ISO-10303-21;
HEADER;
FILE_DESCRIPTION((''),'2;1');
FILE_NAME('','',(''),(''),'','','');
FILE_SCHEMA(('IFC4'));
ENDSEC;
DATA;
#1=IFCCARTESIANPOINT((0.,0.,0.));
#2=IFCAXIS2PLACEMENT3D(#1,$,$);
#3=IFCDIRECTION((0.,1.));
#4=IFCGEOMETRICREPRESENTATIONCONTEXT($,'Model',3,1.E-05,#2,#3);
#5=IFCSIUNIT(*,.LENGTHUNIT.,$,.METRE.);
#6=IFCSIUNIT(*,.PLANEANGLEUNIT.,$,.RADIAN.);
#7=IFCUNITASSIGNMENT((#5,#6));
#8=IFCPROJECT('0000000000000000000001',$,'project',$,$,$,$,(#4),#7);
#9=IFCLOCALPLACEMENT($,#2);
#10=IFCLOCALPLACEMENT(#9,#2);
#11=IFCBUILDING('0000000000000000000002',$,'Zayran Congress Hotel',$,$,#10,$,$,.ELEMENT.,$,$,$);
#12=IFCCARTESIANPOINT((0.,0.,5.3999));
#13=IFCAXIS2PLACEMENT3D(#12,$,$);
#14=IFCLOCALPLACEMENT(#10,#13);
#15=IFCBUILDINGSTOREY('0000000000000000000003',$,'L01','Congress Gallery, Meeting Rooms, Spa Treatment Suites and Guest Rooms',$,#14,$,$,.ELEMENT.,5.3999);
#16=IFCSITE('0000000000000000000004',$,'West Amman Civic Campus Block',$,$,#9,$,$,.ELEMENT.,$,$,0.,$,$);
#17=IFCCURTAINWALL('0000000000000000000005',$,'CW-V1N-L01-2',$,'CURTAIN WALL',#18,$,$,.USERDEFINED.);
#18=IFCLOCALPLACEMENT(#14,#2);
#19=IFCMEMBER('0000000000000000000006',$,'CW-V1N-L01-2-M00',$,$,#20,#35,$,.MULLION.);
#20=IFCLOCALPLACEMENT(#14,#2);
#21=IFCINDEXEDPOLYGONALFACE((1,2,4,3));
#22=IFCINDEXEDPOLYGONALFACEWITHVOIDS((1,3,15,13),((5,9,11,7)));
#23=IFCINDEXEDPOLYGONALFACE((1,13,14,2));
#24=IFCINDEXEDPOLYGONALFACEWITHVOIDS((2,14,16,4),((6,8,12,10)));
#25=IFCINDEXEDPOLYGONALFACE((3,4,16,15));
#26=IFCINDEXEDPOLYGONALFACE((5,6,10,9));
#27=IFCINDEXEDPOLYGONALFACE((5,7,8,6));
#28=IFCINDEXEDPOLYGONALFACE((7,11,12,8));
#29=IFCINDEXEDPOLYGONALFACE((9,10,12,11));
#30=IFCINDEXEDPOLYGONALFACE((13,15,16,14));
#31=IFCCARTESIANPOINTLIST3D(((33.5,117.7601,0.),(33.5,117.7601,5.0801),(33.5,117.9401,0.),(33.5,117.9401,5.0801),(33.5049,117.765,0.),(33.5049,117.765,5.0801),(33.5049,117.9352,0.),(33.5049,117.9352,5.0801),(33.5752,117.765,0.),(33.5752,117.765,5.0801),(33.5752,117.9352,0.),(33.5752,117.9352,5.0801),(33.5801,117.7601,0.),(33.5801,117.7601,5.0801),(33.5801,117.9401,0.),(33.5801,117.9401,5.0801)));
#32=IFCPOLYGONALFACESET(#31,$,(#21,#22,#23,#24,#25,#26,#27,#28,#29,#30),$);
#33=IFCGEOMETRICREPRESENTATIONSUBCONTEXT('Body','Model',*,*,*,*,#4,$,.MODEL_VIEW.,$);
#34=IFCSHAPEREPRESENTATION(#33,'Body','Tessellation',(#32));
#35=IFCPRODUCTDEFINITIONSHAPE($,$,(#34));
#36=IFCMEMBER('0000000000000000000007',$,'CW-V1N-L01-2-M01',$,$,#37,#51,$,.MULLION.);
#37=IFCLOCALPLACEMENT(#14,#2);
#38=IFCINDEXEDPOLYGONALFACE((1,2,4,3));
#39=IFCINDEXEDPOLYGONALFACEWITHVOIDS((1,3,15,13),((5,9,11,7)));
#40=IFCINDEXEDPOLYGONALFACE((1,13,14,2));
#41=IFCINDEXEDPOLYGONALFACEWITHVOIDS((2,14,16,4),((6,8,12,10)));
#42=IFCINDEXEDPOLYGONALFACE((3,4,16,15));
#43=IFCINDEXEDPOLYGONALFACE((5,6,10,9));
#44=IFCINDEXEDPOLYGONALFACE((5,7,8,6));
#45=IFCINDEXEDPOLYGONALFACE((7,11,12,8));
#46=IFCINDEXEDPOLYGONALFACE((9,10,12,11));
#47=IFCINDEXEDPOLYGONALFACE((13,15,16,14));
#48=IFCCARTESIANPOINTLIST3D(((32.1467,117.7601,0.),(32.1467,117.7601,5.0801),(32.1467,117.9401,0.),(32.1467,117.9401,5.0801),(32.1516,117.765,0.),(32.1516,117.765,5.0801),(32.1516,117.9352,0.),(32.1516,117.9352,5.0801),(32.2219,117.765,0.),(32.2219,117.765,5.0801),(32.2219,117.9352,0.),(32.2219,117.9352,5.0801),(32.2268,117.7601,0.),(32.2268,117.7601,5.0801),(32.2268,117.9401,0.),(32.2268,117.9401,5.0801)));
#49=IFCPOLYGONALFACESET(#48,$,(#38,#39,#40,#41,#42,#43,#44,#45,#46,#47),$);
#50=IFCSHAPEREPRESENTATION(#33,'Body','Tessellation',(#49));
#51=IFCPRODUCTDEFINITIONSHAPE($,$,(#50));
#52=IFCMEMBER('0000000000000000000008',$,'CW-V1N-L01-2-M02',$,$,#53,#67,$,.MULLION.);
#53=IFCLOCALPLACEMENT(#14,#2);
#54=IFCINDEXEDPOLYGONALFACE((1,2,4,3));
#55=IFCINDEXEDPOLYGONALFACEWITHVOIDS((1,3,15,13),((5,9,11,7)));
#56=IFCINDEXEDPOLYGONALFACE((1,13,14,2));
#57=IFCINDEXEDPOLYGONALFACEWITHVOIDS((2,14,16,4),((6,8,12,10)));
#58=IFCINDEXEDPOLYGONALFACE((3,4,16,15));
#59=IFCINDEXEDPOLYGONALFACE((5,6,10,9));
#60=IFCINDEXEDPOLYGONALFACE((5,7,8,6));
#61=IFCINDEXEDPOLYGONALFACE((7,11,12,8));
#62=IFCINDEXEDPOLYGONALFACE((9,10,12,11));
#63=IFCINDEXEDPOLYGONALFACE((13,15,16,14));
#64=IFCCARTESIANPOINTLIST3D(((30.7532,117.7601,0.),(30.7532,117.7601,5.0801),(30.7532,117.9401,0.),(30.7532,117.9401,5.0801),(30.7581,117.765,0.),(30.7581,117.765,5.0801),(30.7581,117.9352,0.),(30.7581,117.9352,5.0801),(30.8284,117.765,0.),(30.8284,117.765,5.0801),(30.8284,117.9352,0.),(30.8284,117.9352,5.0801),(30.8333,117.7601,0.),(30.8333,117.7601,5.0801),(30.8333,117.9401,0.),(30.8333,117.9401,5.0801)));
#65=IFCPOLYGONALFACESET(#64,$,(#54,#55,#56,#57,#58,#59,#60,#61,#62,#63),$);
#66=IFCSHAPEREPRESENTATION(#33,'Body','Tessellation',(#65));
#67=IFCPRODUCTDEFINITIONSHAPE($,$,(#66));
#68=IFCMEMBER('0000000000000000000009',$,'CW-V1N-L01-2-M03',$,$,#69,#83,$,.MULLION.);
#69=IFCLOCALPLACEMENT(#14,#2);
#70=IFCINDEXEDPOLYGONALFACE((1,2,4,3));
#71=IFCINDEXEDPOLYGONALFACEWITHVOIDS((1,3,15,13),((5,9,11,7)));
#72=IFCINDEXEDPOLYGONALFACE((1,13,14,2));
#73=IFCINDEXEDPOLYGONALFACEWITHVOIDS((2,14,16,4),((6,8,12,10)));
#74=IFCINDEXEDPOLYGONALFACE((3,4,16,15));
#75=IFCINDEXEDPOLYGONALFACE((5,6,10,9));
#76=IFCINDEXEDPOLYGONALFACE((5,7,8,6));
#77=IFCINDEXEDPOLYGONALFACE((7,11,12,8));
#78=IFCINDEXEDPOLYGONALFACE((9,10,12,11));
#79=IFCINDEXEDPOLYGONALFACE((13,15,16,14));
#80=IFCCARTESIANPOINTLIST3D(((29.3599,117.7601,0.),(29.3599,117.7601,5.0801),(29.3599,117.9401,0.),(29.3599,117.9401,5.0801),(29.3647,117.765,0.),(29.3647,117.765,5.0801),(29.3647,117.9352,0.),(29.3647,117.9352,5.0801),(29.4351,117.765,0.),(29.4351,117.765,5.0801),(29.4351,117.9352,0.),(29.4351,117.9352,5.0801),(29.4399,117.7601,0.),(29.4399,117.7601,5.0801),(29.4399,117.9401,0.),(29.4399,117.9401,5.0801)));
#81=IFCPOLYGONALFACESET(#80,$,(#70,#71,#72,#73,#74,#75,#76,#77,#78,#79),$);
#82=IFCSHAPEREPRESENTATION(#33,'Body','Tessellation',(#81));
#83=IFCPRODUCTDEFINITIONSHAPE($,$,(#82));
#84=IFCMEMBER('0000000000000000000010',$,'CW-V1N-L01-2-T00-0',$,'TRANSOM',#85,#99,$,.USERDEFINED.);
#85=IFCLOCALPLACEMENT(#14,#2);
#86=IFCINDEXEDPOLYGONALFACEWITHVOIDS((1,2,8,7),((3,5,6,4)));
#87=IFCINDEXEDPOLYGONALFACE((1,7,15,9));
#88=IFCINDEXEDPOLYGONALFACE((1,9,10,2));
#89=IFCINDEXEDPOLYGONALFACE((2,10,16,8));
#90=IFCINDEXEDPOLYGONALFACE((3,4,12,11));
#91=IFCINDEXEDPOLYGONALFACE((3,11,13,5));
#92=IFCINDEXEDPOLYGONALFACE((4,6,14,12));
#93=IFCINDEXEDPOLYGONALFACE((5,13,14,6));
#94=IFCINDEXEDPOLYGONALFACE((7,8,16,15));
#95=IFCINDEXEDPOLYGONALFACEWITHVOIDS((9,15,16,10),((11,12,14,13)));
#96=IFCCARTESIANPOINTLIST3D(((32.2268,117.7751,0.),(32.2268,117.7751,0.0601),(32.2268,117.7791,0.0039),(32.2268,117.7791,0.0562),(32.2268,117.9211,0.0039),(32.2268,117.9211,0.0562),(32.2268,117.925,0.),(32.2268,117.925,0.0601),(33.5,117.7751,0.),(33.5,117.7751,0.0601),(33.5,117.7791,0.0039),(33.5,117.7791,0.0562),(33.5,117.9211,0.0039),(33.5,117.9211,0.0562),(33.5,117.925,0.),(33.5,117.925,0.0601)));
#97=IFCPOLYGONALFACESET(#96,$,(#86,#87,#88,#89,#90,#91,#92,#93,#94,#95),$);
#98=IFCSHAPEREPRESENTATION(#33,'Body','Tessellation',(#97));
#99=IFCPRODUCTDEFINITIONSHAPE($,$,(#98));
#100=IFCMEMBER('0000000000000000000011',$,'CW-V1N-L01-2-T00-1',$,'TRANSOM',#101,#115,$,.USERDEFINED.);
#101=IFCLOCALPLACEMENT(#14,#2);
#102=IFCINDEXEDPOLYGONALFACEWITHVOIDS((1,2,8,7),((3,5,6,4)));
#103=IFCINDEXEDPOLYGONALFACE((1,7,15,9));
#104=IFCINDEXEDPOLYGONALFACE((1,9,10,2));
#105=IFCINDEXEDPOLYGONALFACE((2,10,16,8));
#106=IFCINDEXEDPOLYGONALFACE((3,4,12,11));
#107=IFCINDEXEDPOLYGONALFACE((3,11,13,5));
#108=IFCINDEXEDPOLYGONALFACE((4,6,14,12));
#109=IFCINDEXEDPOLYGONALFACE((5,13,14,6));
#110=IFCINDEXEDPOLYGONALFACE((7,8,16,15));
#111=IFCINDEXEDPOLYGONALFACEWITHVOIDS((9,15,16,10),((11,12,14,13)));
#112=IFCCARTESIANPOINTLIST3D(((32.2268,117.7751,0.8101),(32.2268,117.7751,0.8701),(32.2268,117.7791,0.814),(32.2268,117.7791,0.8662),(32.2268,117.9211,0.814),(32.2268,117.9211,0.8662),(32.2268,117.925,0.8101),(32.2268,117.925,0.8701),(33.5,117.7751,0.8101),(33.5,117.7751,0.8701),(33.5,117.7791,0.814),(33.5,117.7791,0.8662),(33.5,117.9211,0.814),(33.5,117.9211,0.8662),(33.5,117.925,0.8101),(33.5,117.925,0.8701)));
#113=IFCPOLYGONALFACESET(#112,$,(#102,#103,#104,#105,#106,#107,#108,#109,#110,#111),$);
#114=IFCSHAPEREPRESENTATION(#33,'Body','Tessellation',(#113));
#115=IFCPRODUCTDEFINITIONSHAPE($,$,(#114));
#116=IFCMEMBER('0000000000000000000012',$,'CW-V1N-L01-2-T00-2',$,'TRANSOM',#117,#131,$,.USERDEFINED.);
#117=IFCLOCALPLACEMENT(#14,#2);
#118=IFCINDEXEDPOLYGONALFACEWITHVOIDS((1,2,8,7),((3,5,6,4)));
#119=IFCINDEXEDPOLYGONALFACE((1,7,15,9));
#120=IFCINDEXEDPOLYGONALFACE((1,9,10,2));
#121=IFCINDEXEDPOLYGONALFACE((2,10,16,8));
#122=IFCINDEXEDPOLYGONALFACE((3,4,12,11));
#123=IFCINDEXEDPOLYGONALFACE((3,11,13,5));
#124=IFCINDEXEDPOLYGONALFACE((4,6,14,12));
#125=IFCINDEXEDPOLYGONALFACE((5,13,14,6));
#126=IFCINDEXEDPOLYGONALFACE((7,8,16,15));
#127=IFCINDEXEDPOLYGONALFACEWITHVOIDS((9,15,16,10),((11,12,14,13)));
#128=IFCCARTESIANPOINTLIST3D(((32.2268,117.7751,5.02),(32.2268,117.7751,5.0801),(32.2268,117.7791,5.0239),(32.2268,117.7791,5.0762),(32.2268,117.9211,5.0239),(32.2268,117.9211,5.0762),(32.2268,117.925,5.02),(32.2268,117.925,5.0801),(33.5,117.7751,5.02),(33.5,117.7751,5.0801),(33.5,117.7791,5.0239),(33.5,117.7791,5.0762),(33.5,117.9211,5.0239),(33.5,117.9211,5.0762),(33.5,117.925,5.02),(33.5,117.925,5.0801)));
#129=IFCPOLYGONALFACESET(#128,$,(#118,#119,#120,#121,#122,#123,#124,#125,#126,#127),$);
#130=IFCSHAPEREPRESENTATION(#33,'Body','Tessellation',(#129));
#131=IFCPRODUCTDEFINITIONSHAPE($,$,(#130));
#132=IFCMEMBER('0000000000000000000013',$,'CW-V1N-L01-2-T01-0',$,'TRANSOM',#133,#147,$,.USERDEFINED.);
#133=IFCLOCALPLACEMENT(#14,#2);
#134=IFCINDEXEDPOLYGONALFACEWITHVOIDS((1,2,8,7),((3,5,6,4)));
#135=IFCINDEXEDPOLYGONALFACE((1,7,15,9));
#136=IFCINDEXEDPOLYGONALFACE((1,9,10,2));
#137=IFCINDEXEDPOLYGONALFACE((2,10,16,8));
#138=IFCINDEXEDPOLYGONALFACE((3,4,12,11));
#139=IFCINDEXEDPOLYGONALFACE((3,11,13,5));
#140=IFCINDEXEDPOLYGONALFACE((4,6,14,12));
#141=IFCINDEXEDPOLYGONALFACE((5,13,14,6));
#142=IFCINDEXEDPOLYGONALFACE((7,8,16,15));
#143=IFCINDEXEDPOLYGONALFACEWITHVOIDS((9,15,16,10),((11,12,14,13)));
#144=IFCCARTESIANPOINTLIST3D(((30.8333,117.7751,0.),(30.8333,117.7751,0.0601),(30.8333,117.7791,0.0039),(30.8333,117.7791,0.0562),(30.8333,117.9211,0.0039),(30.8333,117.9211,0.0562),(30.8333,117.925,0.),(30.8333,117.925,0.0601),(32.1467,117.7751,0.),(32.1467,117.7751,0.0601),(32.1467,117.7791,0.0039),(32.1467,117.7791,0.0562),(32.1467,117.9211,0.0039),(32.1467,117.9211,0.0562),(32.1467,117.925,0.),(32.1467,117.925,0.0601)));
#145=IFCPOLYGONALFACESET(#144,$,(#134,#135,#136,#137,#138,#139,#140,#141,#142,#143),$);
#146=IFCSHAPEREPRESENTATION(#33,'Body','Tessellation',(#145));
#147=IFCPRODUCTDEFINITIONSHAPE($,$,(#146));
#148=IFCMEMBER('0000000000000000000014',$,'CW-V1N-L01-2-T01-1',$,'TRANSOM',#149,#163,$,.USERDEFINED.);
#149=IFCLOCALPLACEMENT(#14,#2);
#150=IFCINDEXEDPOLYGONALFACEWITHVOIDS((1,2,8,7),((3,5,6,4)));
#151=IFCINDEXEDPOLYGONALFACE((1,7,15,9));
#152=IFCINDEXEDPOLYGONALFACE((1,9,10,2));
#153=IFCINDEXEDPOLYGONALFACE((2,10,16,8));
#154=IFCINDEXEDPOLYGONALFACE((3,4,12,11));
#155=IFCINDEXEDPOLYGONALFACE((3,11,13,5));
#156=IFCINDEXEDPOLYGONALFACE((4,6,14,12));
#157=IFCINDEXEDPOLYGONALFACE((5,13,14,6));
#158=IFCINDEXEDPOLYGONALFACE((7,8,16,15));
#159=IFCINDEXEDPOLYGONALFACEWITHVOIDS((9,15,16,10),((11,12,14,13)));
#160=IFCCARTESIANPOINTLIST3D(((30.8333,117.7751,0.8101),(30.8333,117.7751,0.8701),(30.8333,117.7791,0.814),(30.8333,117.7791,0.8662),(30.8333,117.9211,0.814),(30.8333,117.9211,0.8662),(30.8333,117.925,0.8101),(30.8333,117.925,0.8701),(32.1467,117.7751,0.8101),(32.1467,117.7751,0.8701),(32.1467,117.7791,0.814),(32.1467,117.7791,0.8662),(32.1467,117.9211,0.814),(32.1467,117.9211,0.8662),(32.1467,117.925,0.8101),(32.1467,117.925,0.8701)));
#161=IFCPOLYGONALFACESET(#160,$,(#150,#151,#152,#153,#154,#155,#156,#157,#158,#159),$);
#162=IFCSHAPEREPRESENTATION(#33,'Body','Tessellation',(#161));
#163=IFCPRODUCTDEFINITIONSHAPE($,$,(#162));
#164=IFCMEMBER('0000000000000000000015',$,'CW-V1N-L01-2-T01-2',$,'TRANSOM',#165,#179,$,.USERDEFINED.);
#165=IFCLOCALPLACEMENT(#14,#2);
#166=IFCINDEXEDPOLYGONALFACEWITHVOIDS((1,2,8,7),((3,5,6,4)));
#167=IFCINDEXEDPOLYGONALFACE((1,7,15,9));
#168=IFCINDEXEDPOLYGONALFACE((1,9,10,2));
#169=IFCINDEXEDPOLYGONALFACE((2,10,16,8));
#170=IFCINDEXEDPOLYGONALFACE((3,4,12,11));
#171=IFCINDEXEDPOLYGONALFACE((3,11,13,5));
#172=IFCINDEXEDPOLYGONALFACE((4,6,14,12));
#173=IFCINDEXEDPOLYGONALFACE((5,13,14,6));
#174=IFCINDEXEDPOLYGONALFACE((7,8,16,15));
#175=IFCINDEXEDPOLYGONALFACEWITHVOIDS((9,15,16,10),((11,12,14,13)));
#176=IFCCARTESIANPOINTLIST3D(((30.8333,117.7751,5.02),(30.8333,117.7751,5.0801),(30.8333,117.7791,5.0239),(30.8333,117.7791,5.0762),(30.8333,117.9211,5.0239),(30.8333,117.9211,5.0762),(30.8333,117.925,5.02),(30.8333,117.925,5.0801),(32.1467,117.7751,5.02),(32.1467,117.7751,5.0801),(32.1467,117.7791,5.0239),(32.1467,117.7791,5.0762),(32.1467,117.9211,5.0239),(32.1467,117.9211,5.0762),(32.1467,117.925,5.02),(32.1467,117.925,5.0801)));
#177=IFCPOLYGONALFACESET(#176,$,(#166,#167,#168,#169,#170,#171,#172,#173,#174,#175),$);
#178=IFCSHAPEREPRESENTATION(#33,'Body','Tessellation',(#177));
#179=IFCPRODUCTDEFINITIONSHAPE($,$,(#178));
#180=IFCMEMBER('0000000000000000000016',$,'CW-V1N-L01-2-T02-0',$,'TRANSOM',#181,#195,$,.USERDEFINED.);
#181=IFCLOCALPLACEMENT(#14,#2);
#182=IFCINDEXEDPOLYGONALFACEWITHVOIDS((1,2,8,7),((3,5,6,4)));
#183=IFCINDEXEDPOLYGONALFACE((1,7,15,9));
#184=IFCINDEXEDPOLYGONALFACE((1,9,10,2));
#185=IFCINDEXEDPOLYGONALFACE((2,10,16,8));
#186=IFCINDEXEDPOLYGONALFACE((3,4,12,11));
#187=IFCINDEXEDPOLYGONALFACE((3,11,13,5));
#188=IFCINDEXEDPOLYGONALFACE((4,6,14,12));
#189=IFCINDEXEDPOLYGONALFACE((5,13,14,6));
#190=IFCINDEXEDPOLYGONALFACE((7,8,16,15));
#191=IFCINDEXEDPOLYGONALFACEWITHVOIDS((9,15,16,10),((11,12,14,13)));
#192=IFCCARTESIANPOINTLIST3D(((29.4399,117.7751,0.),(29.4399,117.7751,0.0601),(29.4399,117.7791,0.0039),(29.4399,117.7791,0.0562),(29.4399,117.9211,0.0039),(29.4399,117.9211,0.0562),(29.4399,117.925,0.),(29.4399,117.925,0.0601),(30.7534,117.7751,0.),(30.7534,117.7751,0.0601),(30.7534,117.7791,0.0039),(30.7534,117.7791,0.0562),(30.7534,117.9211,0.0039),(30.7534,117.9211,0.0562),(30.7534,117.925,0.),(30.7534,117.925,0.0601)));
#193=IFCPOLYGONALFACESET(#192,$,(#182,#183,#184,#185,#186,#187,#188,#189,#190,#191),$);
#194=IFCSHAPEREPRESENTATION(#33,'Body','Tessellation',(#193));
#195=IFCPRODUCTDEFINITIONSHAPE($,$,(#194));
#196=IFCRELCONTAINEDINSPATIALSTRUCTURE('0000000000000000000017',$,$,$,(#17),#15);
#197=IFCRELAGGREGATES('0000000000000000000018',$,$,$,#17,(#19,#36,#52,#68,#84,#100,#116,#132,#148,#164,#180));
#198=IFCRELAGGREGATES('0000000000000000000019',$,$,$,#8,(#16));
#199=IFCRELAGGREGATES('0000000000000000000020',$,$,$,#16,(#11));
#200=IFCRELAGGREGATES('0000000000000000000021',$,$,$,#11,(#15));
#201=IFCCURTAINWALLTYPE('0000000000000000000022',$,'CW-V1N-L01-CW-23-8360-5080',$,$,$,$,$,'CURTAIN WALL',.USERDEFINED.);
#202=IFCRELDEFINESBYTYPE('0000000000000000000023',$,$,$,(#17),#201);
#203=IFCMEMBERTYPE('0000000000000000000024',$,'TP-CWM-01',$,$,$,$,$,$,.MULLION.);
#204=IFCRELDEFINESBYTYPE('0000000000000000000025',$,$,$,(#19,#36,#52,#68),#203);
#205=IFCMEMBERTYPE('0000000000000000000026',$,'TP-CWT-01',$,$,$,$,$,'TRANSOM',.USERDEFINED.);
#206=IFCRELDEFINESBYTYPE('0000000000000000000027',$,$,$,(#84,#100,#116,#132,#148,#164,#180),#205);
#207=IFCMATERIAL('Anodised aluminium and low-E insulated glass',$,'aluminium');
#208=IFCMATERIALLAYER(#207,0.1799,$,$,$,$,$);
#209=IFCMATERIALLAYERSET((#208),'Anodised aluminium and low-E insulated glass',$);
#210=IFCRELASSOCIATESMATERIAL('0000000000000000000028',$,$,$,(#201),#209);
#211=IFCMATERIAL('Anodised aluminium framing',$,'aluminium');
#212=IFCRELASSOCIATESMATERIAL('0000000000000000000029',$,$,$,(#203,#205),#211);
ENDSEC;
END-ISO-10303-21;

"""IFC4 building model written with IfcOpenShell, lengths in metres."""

from ifc_helpers import new_model, si_unit, direction, frame, origin, origin_2d, place, context, subcontext, project, spatial, hollow_rectangle, extrude, material, layer, layer_set, material_profile, profile_set, type_object, element, aggregate, save


model = new_model("IFC4")

# Units and contexts
model_context = context("Model", 3, precision=1e-05, world=origin(), true_north=direction((0.0, 1.0)))
body_context = subcontext(model_context, "Body", "Model", "MODEL_VIEW")
ifc_project = project(units=[si_unit("LENGTHUNIT", "METRE"), si_unit("PLANEANGLEUNIT", "RADIAN")], contexts=[model_context])

# Site, building, storey
site_placement = place(None, origin())
site = spatial("IfcSite", under=ifc_project, at=site_placement, Name="West Amman Civic Campus Block", CompositionType="ELEMENT", RefElevation=0.0)
building_placement = place(site_placement, origin())
building = spatial("IfcBuilding", under=site, at=building_placement, Name="Zayran Congress Hotel", CompositionType="ELEMENT")
storey_placement = place(building_placement, frame((0.0, 0.0, 5.3999)))
storey = spatial("IfcBuildingStorey", under=building, at=storey_placement, Name="L01", Description="Congress Gallery, Meeting Rooms, Spa Treatment Suites and Guest Rooms", CompositionType="ELEMENT", Elevation=5.3999)

# Curtain wall, members
ifc_material_1 = material(Name="Anodised aluminium and low-E insulated glass", Category="aluminium")
ifc_layer_1 = layer(ifc_material_1, 0.1799)
ifc_layer_set_1 = layer_set([ifc_layer_1], Name="Anodised aluminium and low-E insulated glass")
curtain_wall_type = type_object("IfcCurtainWallType", Name="CW-V1N-L01-CW-23-8360-5080", ElementType="CURTAIN WALL", PredefinedType="USERDEFINED", material=ifc_layer_set_1)
curtain_wall_placement = place(storey_placement, origin())
curtain_wall = element("IfcCurtainWall", 1, at=curtain_wall_placement, inside=storey, type_object=curtain_wall_type, Name="CW-V1N-L01-2", ObjectType="CURTAIN WALL", PredefinedType="USERDEFINED")
ifc_material_2 = material(Name="Anodised aluminium framing", Category="aluminium")
ifc_material_profile_1 = material_profile(ifc_material_2, hollow_rectangle(XDim=0.0801, YDim=0.1799, WallThickness=0.0049, at=origin_2d()), Name="RHS 180x80x5")
ifc_profile_set_1 = profile_set([ifc_material_profile_1], Name="Anodised aluminium framing")
member_type_1 = type_object("IfcMemberType", Name="TP-CWM-01", PredefinedType="MULLION", material=ifc_profile_set_1)
member_1_placement = place(storey_placement, frame((33.54, 117.8501, 0.0), z_axis=(0.0, 0.0, 1.0), x_axis=(1.0, 0.0, 0.0)))
member_1 = element("IfcMember", 2, at=member_1_placement, type_object=member_type_1, Name="CW-V1N-L01-2-M00", PredefinedType="MULLION", context=body_context, shape_type="SweptSolid", body=[
    extrude(hollow_rectangle(XDim=0.0801, YDim=0.1799, WallThickness=0.0049, at=origin_2d()), origin(), (0.0, 0.0, 1.0), 5.0801),
])
member_2_placement = place(storey_placement, frame((32.1868, 117.8501, 0.0), z_axis=(0.0, 0.0, 1.0), x_axis=(1.0, 0.0, 0.0)))
member_2 = element("IfcMember", 3, at=member_2_placement, type_object=member_type_1, Name="CW-V1N-L01-2-M01", PredefinedType="MULLION", context=body_context, shape_type="SweptSolid", body=[
    extrude(hollow_rectangle(XDim=0.0801, YDim=0.1799, WallThickness=0.0049, at=origin_2d()), origin(), (0.0, 0.0, 1.0), 5.0801),
])
member_3_placement = place(storey_placement, frame((30.7932, 117.8501, 0.0), z_axis=(0.0, 0.0, 1.0), x_axis=(1.0, 0.0, 0.0)))
member_3 = element("IfcMember", 4, at=member_3_placement, type_object=member_type_1, Name="CW-V1N-L01-2-M02", PredefinedType="MULLION", context=body_context, shape_type="SweptSolid", body=[
    extrude(hollow_rectangle(XDim=0.0801, YDim=0.1799, WallThickness=0.0049, at=origin_2d()), origin(), (0.0, 0.0, 1.0), 5.0801),
])
member_4_placement = place(storey_placement, frame((29.3999, 117.8501, 0.0), z_axis=(0.0, 0.0, 1.0), x_axis=(1.0, 0.0, 0.0)))
member_4 = element("IfcMember", 5, at=member_4_placement, type_object=member_type_1, Name="CW-V1N-L01-2-M03", PredefinedType="MULLION", context=body_context, shape_type="SweptSolid", body=[
    extrude(hollow_rectangle(XDim=0.0801, YDim=0.1799, WallThickness=0.0049, at=origin_2d()), origin(), (0.0, 0.0, 1.0), 5.0801),
])
ifc_material_profile_2 = material_profile(ifc_material_2, hollow_rectangle(XDim=0.0601, YDim=0.1499, WallThickness=0.0039, at=origin_2d()), Name="RHS 150x60x4")
ifc_profile_set_2 = profile_set([ifc_material_profile_2], Name="Anodised aluminium framing")
member_type_2 = type_object("IfcMemberType", Name="TP-CWT-01", ElementType="TRANSOM", PredefinedType="USERDEFINED", material=ifc_profile_set_2)
member_5_placement = place(storey_placement, frame((33.5, 117.8501, 0.03), z_axis=(-1.0, 0.0, 0.0), x_axis=(0.0, 0.0, 1.0)))
member_5 = element("IfcMember", 6, at=member_5_placement, type_object=member_type_2, Name="CW-V1N-L01-2-T00-0", ObjectType="TRANSOM", PredefinedType="USERDEFINED", context=body_context, shape_type="SweptSolid", body=[
    extrude(hollow_rectangle(XDim=0.0601, YDim=0.1499, WallThickness=0.0039, at=origin_2d()), origin(), (0.0, 0.0, 1.0), 1.2732),
])
member_6_placement = place(storey_placement, frame((33.5, 117.8501, 0.8401), z_axis=(-1.0, 0.0, 0.0), x_axis=(0.0, 0.0, 1.0)))
member_6 = element("IfcMember", 7, at=member_6_placement, type_object=member_type_2, Name="CW-V1N-L01-2-T00-1", ObjectType="TRANSOM", PredefinedType="USERDEFINED", context=body_context, shape_type="SweptSolid", body=[
    extrude(hollow_rectangle(XDim=0.0601, YDim=0.1499, WallThickness=0.0039, at=origin_2d()), origin(), (0.0, 0.0, 1.0), 1.2732),
])
member_7_placement = place(storey_placement, frame((33.5, 117.8501, 5.05), z_axis=(-1.0, 0.0, 0.0), x_axis=(0.0, 0.0, 1.0)))
member_7 = element("IfcMember", 8, at=member_7_placement, type_object=member_type_2, Name="CW-V1N-L01-2-T00-2", ObjectType="TRANSOM", PredefinedType="USERDEFINED", context=body_context, shape_type="SweptSolid", body=[
    extrude(hollow_rectangle(XDim=0.0601, YDim=0.1499, WallThickness=0.0039, at=origin_2d()), origin(), (0.0, 0.0, 1.0), 1.2732),
])
member_8_placement = place(storey_placement, frame((32.1467, 117.8501, 0.03), z_axis=(-1.0, 0.0, 0.0), x_axis=(0.0, 0.0, 1.0)))
member_8 = element("IfcMember", 9, at=member_8_placement, type_object=member_type_2, Name="CW-V1N-L01-2-T01-0", ObjectType="TRANSOM", PredefinedType="USERDEFINED", context=body_context, shape_type="SweptSolid", body=[
    extrude(hollow_rectangle(XDim=0.0601, YDim=0.1499, WallThickness=0.0039, at=origin_2d()), origin(), (0.0, 0.0, 1.0), 1.3135),
])
member_9_placement = place(storey_placement, frame((32.1467, 117.8501, 0.8401), z_axis=(-1.0, 0.0, 0.0), x_axis=(0.0, 0.0, 1.0)))
member_9 = element("IfcMember", 10, at=member_9_placement, type_object=member_type_2, Name="CW-V1N-L01-2-T01-1", ObjectType="TRANSOM", PredefinedType="USERDEFINED", context=body_context, shape_type="SweptSolid", body=[
    extrude(hollow_rectangle(XDim=0.0601, YDim=0.1499, WallThickness=0.0039, at=origin_2d()), origin(), (0.0, 0.0, 1.0), 1.3135),
])
member_10_placement = place(storey_placement, frame((32.1467, 117.8501, 5.05), z_axis=(-1.0, 0.0, 0.0), x_axis=(0.0, 0.0, 1.0)))
member_10 = element("IfcMember", 11, at=member_10_placement, type_object=member_type_2, Name="CW-V1N-L01-2-T01-2", ObjectType="TRANSOM", PredefinedType="USERDEFINED", context=body_context, shape_type="SweptSolid", body=[
    extrude(hollow_rectangle(XDim=0.0601, YDim=0.1499, WallThickness=0.0039, at=origin_2d()), origin(), (0.0, 0.0, 1.0), 1.3135),
])
member_11_placement = place(storey_placement, frame((30.7534, 117.8501, 0.03), z_axis=(-1.0, 0.0, 0.0), x_axis=(0.0, 0.0, 1.0)))
member_11 = element("IfcMember", 12, at=member_11_placement, type_object=member_type_2, Name="CW-V1N-L01-2-T02-0", ObjectType="TRANSOM", PredefinedType="USERDEFINED", context=body_context, shape_type="SweptSolid", body=[
    extrude(hollow_rectangle(XDim=0.0601, YDim=0.1499, WallThickness=0.0039, at=origin_2d()), origin(), (0.0, 0.0, 1.0), 1.3135),
])
aggregate(curtain_wall, [member_1, member_2, member_3, member_4, member_5, member_6, member_7, member_8, member_9, member_10, member_11])

save(model, "model.ifc")
